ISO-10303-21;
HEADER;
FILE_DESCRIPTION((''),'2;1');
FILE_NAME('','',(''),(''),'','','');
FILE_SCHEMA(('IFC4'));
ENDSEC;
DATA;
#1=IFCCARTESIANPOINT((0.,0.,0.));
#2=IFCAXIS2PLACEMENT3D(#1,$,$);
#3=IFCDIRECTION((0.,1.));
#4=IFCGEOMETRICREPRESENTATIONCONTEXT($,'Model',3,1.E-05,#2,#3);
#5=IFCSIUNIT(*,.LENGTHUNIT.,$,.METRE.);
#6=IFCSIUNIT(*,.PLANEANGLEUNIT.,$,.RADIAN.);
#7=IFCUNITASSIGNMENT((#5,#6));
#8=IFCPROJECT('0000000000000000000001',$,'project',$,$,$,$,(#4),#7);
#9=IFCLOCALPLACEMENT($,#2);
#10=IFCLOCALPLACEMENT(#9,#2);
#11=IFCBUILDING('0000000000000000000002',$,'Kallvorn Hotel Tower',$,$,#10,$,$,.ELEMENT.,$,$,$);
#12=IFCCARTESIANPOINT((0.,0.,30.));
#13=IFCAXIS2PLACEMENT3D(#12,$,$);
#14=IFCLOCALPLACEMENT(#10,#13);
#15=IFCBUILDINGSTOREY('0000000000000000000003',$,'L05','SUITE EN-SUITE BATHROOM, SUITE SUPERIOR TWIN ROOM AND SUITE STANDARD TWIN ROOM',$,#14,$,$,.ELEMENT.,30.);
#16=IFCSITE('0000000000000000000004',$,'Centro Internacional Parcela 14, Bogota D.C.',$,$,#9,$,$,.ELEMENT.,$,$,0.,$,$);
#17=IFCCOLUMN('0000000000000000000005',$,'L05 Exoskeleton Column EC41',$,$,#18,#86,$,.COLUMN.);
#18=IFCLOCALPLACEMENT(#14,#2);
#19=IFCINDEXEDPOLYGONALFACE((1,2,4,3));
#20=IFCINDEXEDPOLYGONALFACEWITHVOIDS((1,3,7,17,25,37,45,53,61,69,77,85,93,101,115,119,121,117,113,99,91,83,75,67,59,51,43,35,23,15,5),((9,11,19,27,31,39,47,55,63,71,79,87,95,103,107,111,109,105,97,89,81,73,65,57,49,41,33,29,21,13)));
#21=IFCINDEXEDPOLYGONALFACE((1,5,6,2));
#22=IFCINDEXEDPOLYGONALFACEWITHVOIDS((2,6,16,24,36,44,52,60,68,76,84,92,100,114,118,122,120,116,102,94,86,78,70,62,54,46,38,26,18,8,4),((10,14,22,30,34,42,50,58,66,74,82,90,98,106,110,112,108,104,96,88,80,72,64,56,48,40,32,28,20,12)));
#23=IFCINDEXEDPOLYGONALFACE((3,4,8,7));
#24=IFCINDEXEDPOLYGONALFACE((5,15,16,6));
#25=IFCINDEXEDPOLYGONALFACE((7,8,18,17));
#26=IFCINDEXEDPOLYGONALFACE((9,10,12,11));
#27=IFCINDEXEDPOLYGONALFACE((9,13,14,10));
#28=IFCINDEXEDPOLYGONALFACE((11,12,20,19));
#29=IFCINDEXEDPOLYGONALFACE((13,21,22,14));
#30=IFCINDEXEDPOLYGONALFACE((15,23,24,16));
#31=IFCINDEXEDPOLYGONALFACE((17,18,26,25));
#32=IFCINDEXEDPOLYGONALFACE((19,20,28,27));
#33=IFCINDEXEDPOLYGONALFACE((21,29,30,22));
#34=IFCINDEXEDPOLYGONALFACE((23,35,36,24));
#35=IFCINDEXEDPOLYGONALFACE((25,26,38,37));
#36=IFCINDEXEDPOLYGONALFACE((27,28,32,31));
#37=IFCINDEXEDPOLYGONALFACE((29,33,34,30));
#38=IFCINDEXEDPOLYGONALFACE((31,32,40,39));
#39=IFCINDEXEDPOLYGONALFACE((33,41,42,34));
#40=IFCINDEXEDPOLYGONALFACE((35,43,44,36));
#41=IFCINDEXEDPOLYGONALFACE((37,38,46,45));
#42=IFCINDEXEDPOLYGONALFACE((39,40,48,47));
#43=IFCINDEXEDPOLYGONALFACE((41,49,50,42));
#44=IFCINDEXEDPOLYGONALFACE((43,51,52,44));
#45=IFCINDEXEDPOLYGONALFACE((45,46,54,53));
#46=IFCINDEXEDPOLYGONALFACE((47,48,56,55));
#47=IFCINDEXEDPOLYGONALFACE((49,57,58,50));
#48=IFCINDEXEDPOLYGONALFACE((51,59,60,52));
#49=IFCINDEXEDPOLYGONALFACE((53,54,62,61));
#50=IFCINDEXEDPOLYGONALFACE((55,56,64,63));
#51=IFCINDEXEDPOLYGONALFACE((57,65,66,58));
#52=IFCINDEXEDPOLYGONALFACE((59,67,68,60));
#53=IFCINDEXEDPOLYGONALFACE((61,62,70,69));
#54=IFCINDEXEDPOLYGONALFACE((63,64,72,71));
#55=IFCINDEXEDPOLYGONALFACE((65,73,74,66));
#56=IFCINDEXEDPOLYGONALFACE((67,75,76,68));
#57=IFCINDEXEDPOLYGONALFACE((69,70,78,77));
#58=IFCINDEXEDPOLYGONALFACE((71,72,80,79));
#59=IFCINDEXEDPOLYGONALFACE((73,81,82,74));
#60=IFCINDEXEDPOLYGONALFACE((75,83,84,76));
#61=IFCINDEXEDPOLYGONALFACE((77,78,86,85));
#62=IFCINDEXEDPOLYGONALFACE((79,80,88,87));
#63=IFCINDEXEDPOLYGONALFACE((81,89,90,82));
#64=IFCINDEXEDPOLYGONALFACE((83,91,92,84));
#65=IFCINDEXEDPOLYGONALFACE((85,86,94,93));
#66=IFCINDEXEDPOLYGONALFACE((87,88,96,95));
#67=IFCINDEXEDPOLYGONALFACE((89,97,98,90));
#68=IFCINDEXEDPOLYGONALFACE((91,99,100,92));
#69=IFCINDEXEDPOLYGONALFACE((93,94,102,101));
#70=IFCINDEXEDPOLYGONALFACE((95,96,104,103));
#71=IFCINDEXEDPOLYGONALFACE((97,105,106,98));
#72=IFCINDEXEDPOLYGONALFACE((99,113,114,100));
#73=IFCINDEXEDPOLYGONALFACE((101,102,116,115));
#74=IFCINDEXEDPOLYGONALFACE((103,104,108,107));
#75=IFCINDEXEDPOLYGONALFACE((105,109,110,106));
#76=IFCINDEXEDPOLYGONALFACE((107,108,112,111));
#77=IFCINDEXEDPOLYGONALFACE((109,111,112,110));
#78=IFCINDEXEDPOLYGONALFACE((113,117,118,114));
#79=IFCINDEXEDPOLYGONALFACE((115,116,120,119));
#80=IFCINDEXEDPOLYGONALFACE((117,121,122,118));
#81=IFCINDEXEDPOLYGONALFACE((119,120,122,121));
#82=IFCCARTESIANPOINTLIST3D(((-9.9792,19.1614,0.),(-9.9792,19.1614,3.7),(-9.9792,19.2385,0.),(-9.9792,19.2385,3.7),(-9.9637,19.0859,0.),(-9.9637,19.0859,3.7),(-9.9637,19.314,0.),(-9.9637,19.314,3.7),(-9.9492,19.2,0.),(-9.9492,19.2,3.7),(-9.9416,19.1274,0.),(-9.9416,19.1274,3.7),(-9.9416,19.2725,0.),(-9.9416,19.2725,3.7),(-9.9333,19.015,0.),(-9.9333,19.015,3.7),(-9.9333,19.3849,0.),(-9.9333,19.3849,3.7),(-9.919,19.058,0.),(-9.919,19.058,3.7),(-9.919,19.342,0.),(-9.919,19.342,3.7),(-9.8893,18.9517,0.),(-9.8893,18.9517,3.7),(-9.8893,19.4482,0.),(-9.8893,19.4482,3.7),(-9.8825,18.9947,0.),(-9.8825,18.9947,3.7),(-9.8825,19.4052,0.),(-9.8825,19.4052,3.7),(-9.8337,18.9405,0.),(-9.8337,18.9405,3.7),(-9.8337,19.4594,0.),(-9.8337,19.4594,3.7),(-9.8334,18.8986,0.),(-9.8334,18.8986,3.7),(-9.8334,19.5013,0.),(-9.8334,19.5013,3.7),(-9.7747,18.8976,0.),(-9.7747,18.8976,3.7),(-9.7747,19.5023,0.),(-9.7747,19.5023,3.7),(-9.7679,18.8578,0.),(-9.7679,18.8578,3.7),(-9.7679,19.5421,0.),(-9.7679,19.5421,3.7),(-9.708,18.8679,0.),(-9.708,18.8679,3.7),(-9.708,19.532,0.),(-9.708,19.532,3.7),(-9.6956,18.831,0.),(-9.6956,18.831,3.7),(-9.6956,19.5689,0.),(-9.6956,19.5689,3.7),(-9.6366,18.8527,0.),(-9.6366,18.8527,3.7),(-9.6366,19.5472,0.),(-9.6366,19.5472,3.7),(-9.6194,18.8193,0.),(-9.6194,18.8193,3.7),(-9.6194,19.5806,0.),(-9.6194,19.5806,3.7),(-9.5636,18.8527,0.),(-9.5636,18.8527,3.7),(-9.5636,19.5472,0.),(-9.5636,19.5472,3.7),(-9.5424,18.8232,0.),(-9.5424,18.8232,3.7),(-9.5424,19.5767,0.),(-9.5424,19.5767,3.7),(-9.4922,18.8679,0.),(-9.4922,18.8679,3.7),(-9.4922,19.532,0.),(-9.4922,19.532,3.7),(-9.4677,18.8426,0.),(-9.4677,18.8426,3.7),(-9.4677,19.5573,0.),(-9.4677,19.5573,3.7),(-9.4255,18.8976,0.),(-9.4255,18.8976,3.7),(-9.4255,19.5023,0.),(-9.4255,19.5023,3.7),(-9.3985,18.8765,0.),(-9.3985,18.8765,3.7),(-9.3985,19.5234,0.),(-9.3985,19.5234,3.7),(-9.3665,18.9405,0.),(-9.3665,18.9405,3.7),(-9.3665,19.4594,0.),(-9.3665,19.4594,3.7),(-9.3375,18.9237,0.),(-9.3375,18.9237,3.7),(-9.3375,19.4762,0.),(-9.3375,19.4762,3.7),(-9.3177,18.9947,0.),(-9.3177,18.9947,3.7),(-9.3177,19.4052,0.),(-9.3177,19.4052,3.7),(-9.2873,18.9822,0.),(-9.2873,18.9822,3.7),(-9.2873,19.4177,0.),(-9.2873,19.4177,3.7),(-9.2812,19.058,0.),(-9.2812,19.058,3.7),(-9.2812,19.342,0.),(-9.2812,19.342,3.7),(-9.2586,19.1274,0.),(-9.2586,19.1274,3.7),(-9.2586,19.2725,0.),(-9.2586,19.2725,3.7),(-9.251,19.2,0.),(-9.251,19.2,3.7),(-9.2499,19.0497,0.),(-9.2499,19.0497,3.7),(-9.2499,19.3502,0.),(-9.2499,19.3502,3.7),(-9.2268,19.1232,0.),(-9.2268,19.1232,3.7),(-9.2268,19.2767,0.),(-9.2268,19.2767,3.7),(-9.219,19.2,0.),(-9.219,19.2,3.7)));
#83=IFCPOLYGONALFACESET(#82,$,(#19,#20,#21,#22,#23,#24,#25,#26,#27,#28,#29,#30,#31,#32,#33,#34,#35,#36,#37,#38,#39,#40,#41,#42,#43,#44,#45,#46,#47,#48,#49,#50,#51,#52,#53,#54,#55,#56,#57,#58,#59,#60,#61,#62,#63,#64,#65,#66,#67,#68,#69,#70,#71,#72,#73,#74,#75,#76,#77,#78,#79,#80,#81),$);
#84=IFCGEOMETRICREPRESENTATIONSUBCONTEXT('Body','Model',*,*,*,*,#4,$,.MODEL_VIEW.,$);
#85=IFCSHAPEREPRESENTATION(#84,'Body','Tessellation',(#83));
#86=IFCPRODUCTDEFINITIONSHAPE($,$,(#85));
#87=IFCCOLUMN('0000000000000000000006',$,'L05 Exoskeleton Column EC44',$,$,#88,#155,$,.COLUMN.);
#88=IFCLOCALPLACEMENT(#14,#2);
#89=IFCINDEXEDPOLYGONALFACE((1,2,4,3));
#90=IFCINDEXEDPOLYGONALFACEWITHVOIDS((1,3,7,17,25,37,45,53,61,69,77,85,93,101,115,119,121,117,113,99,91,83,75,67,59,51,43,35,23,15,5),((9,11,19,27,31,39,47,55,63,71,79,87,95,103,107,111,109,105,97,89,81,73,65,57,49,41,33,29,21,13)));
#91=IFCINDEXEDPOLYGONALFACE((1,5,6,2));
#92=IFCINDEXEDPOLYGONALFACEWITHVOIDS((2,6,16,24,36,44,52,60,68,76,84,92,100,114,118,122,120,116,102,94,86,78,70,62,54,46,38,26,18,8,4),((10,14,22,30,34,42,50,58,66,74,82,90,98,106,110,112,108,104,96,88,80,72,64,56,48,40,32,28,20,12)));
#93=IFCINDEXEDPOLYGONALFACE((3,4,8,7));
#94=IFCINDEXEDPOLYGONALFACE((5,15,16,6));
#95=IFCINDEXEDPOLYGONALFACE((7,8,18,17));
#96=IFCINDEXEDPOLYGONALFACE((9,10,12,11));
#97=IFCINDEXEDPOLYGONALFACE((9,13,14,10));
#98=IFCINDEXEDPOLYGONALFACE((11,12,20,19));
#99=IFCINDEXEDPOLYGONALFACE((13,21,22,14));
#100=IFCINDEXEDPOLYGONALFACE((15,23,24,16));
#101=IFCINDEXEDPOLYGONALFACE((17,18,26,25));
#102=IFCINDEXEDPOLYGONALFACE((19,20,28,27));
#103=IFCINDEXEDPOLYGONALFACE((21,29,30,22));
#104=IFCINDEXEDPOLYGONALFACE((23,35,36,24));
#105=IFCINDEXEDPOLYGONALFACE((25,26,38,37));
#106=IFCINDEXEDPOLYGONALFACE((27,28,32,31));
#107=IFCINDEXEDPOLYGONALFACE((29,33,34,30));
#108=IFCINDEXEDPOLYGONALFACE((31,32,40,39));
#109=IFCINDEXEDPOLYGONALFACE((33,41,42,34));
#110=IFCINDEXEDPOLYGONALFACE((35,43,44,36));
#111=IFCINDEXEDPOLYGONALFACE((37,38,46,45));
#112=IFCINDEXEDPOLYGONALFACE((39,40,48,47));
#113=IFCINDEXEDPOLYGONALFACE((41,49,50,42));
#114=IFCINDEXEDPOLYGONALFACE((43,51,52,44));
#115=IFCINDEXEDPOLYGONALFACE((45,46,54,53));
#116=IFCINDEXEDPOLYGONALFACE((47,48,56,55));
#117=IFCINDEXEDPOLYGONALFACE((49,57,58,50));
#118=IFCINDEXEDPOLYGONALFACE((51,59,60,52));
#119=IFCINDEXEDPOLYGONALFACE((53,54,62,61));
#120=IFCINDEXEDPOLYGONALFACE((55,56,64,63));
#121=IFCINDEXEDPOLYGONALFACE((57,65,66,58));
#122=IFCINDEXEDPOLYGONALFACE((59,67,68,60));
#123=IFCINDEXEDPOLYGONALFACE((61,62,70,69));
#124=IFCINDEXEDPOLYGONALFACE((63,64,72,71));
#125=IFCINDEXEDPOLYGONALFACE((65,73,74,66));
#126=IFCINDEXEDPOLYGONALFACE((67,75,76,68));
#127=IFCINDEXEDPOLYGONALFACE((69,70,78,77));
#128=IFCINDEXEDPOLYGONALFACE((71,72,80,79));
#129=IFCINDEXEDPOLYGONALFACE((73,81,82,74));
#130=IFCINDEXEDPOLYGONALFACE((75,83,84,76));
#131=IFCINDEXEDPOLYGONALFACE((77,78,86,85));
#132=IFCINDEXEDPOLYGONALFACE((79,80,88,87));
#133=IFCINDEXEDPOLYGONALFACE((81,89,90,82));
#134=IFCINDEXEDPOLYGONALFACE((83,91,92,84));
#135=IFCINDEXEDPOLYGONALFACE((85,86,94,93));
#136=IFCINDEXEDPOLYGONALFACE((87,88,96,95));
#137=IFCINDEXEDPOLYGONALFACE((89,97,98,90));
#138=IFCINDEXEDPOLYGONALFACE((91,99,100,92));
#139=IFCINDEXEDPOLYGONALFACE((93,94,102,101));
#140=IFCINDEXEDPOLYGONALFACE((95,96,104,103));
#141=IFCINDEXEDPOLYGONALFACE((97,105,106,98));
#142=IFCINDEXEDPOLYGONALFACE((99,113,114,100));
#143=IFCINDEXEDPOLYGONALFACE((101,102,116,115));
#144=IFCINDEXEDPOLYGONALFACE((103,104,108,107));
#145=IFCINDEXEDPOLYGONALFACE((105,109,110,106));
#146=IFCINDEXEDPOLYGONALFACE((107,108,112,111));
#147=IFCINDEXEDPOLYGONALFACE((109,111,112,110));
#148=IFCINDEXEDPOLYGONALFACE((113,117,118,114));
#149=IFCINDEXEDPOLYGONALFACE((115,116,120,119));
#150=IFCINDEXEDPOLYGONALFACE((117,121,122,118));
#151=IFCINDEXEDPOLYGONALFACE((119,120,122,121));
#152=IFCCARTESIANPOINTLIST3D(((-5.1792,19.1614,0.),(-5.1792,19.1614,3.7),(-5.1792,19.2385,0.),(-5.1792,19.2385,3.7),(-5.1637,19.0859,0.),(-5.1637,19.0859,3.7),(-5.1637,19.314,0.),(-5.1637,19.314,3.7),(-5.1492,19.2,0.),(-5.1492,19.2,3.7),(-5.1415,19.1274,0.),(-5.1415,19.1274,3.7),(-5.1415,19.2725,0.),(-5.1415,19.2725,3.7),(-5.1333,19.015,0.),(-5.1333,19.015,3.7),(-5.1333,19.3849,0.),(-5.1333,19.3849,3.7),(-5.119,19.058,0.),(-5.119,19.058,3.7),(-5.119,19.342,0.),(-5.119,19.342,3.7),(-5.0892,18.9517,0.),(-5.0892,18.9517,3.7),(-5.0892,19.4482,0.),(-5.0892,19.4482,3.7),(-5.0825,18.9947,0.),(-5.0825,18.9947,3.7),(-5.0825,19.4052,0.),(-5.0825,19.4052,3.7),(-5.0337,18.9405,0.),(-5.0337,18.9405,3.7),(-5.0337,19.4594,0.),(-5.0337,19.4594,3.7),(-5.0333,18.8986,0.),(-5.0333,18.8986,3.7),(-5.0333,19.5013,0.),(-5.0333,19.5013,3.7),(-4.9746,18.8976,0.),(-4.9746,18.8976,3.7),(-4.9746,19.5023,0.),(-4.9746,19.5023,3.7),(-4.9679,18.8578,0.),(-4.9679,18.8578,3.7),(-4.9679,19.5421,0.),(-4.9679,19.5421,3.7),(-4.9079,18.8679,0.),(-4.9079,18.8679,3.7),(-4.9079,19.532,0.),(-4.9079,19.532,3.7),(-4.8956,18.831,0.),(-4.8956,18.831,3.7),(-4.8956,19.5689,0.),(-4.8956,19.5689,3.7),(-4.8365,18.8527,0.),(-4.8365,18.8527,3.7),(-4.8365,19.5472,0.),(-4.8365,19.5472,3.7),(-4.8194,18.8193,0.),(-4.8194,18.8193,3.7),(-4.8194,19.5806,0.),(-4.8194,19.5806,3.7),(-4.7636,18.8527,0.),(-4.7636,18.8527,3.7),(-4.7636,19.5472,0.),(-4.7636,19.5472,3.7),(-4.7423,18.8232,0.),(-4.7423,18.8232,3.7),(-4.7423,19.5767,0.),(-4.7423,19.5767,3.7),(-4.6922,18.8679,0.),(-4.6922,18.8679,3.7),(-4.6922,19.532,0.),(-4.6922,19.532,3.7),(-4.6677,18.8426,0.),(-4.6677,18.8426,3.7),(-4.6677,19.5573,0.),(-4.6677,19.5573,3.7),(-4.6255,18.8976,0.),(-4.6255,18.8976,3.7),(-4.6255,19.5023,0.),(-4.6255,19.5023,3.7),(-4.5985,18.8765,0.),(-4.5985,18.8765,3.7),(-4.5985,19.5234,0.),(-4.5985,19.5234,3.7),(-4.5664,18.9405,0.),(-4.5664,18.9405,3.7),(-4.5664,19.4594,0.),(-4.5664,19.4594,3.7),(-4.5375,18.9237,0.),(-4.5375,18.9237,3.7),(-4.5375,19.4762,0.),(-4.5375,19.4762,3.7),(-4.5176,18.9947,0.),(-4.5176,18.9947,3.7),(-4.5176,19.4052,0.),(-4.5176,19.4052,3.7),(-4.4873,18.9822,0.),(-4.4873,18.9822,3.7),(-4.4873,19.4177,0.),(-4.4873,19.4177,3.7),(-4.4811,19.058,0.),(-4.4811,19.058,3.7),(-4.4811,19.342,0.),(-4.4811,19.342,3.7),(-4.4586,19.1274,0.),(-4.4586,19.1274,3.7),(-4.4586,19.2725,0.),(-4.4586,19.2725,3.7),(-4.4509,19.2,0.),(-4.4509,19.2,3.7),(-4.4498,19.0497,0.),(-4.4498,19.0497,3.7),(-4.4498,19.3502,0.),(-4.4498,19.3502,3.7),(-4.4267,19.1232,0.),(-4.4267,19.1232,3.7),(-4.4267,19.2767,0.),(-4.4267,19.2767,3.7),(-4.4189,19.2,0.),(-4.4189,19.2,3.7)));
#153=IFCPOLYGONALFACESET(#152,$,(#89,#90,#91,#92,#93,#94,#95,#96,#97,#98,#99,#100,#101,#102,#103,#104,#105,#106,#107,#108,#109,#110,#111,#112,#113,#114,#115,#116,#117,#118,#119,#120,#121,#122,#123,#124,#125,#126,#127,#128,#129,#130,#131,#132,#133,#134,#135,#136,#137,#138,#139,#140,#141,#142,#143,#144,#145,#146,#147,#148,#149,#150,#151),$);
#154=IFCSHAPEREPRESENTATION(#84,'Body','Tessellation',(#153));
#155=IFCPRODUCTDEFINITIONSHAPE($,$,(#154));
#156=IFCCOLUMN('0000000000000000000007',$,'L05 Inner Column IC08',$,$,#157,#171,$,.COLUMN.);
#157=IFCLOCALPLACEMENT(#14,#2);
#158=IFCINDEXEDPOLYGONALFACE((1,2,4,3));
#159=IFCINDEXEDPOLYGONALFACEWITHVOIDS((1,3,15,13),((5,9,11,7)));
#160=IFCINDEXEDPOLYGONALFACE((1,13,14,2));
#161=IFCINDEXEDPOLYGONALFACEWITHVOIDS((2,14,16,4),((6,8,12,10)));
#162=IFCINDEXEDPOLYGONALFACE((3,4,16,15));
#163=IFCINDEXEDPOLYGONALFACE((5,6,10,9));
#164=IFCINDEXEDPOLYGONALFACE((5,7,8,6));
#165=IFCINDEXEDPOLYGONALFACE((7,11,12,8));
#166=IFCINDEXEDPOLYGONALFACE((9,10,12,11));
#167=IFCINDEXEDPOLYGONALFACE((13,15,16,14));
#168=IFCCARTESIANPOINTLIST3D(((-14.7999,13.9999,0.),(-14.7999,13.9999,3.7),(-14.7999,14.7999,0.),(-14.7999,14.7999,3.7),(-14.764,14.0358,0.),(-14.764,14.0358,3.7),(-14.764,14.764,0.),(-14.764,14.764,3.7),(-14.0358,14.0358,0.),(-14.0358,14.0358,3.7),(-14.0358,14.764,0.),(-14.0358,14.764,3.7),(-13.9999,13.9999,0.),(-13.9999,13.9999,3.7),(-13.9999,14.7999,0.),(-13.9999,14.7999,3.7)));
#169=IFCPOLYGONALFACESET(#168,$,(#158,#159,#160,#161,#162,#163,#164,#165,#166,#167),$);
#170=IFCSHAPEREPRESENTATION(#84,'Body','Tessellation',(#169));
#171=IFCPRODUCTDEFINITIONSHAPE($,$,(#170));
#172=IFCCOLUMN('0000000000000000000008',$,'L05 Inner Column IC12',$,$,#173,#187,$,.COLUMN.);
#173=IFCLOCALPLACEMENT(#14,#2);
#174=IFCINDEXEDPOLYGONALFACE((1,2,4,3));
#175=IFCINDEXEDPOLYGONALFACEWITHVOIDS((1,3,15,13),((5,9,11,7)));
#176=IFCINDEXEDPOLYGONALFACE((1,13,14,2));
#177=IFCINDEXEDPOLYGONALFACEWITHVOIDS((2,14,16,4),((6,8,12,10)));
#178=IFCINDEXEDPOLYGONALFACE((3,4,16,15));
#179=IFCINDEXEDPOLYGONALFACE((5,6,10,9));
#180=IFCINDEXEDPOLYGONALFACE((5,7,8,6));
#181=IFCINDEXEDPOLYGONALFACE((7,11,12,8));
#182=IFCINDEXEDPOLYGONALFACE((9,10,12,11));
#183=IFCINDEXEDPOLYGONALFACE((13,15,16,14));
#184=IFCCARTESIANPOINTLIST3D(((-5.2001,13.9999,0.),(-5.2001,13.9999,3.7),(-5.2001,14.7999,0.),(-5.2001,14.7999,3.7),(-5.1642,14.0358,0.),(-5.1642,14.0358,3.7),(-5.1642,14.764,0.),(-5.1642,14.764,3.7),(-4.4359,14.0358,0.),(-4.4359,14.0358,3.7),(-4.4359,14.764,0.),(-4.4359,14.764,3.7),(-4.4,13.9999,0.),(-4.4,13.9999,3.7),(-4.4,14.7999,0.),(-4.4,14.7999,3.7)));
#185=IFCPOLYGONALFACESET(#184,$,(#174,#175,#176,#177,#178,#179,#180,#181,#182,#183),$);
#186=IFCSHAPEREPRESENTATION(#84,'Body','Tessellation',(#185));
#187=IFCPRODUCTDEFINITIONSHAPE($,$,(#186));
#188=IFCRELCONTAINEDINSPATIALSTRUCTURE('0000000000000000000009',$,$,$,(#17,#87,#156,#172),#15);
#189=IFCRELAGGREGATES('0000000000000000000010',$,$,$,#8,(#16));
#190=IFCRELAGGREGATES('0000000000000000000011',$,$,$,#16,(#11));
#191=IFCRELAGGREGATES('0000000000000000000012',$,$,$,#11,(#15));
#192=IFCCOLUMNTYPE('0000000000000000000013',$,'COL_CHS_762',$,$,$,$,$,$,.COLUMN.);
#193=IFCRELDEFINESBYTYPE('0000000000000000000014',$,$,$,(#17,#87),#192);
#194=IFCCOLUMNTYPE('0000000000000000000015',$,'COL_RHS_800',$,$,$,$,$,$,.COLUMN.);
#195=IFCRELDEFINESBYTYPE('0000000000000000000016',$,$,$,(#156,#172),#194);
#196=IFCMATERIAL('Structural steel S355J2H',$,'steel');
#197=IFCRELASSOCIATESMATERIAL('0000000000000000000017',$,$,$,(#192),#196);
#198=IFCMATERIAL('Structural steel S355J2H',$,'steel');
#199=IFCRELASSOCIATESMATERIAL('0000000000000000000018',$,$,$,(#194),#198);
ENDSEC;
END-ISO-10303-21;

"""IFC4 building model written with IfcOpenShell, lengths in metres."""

from ifc_helpers import new_model, si_unit, direction, frame, origin, origin_2d, place, context, subcontext, project, spatial, hollow_rectangle, hollow_circle, extrude, material, material_profile, profile_set, type_object, element, save


model = new_model("IFC4")

# Units and contexts
model_context = context("Model", 3, precision=1e-05, world=origin(), true_north=direction((0.0, 1.0)))
body_context = subcontext(model_context, "Body", "Model", "MODEL_VIEW")
ifc_project = project(units=[si_unit("LENGTHUNIT", "METRE"), si_unit("PLANEANGLEUNIT", "RADIAN")], contexts=[model_context])

# Site, building, storey
site_placement = place(None, origin())
site = spatial("IfcSite", under=ifc_project, at=site_placement, Name="Centro Internacional Parcela 14, Bogota D.C.", CompositionType="ELEMENT", RefElevation=0.0)
building_placement = place(site_placement, origin())
building = spatial("IfcBuilding", under=site, at=building_placement, Name="Kallvorn Hotel Tower", CompositionType="ELEMENT")
storey_placement = place(building_placement, frame((0.0, 0.0, 30.0)))
storey = spatial("IfcBuildingStorey", under=building, at=storey_placement, Name="L05", Description="SUITE EN-SUITE BATHROOM, SUITE SUPERIOR TWIN ROOM AND SUITE STANDARD TWIN ROOM", CompositionType="ELEMENT", Elevation=30.0)

# Columns
ifc_material_1 = material(Name="Structural steel S355J2H", Category="steel")
ifc_material_profile_1 = material_profile(ifc_material_1, hollow_circle(Radius=0.3811, WallThickness=0.032, at=origin_2d()), Name="CHS 762x32")
ifc_profile_set_1 = profile_set([ifc_material_profile_1], Name="Structural steel S355J2H")
column_type_1 = type_object("IfcColumnType", Name="COL_CHS_762", PredefinedType="COLUMN", material=ifc_profile_set_1)
for number, where, z_axis, x_axis, name in (
    (1, (-9.6001, 19.2, 0.0), (0.0, 0.0, 1.0), (1.0, 0.0, 0.0), "L05 Exoskeleton Column EC41"),
    (2, (-4.8, 19.2, 0.0), (0.0, 0.0, 1.0), (1.0, 0.0, 0.0), "L05 Exoskeleton Column EC44"),
):
    element("IfcColumn", number, at=place(storey_placement, frame(where, z_axis=z_axis, x_axis=x_axis)), inside=storey, type_object=column_type_1, Name=name, PredefinedType="COLUMN", context=body_context, shape_type="SweptSolid", body=[
        extrude(hollow_circle(Radius=0.3811, WallThickness=0.032, at=origin_2d()), origin(), (0.0, 0.0, 1.0), 3.7),
    ])
ifc_material_2 = material(Name="Structural steel S355J2H", Category="steel")
ifc_material_profile_2 = material_profile(ifc_material_2, hollow_rectangle(XDim=0.8, YDim=0.8, WallThickness=0.0359, at=origin_2d()), Name="RHS 800x800x36")
ifc_profile_set_2 = profile_set([ifc_material_profile_2], Name="Structural steel S355J2H")
column_type_2 = type_object("IfcColumnType", Name="COL_RHS_800", PredefinedType="COLUMN", material=ifc_profile_set_2)
for number, where, z_axis, x_axis, name in (
    (3, (-14.3999, 14.3999, 0.0), (0.0, 0.0, 1.0), (1.0, 0.0, 0.0), "L05 Inner Column IC08"),
    (4, (-4.8, 14.3999, 0.0), (0.0, 0.0, 1.0), (1.0, 0.0, 0.0), "L05 Inner Column IC12"),
):
    element("IfcColumn", number, at=place(storey_placement, frame(where, z_axis=z_axis, x_axis=x_axis)), inside=storey, type_object=column_type_2, Name=name, PredefinedType="COLUMN", context=body_context, shape_type="SweptSolid", body=[
        extrude(hollow_rectangle(XDim=0.8, YDim=0.8, WallThickness=0.0359, at=origin_2d()), origin(), (0.0, 0.0, 1.0), 3.7),
    ])

save(model, "model.ifc")
